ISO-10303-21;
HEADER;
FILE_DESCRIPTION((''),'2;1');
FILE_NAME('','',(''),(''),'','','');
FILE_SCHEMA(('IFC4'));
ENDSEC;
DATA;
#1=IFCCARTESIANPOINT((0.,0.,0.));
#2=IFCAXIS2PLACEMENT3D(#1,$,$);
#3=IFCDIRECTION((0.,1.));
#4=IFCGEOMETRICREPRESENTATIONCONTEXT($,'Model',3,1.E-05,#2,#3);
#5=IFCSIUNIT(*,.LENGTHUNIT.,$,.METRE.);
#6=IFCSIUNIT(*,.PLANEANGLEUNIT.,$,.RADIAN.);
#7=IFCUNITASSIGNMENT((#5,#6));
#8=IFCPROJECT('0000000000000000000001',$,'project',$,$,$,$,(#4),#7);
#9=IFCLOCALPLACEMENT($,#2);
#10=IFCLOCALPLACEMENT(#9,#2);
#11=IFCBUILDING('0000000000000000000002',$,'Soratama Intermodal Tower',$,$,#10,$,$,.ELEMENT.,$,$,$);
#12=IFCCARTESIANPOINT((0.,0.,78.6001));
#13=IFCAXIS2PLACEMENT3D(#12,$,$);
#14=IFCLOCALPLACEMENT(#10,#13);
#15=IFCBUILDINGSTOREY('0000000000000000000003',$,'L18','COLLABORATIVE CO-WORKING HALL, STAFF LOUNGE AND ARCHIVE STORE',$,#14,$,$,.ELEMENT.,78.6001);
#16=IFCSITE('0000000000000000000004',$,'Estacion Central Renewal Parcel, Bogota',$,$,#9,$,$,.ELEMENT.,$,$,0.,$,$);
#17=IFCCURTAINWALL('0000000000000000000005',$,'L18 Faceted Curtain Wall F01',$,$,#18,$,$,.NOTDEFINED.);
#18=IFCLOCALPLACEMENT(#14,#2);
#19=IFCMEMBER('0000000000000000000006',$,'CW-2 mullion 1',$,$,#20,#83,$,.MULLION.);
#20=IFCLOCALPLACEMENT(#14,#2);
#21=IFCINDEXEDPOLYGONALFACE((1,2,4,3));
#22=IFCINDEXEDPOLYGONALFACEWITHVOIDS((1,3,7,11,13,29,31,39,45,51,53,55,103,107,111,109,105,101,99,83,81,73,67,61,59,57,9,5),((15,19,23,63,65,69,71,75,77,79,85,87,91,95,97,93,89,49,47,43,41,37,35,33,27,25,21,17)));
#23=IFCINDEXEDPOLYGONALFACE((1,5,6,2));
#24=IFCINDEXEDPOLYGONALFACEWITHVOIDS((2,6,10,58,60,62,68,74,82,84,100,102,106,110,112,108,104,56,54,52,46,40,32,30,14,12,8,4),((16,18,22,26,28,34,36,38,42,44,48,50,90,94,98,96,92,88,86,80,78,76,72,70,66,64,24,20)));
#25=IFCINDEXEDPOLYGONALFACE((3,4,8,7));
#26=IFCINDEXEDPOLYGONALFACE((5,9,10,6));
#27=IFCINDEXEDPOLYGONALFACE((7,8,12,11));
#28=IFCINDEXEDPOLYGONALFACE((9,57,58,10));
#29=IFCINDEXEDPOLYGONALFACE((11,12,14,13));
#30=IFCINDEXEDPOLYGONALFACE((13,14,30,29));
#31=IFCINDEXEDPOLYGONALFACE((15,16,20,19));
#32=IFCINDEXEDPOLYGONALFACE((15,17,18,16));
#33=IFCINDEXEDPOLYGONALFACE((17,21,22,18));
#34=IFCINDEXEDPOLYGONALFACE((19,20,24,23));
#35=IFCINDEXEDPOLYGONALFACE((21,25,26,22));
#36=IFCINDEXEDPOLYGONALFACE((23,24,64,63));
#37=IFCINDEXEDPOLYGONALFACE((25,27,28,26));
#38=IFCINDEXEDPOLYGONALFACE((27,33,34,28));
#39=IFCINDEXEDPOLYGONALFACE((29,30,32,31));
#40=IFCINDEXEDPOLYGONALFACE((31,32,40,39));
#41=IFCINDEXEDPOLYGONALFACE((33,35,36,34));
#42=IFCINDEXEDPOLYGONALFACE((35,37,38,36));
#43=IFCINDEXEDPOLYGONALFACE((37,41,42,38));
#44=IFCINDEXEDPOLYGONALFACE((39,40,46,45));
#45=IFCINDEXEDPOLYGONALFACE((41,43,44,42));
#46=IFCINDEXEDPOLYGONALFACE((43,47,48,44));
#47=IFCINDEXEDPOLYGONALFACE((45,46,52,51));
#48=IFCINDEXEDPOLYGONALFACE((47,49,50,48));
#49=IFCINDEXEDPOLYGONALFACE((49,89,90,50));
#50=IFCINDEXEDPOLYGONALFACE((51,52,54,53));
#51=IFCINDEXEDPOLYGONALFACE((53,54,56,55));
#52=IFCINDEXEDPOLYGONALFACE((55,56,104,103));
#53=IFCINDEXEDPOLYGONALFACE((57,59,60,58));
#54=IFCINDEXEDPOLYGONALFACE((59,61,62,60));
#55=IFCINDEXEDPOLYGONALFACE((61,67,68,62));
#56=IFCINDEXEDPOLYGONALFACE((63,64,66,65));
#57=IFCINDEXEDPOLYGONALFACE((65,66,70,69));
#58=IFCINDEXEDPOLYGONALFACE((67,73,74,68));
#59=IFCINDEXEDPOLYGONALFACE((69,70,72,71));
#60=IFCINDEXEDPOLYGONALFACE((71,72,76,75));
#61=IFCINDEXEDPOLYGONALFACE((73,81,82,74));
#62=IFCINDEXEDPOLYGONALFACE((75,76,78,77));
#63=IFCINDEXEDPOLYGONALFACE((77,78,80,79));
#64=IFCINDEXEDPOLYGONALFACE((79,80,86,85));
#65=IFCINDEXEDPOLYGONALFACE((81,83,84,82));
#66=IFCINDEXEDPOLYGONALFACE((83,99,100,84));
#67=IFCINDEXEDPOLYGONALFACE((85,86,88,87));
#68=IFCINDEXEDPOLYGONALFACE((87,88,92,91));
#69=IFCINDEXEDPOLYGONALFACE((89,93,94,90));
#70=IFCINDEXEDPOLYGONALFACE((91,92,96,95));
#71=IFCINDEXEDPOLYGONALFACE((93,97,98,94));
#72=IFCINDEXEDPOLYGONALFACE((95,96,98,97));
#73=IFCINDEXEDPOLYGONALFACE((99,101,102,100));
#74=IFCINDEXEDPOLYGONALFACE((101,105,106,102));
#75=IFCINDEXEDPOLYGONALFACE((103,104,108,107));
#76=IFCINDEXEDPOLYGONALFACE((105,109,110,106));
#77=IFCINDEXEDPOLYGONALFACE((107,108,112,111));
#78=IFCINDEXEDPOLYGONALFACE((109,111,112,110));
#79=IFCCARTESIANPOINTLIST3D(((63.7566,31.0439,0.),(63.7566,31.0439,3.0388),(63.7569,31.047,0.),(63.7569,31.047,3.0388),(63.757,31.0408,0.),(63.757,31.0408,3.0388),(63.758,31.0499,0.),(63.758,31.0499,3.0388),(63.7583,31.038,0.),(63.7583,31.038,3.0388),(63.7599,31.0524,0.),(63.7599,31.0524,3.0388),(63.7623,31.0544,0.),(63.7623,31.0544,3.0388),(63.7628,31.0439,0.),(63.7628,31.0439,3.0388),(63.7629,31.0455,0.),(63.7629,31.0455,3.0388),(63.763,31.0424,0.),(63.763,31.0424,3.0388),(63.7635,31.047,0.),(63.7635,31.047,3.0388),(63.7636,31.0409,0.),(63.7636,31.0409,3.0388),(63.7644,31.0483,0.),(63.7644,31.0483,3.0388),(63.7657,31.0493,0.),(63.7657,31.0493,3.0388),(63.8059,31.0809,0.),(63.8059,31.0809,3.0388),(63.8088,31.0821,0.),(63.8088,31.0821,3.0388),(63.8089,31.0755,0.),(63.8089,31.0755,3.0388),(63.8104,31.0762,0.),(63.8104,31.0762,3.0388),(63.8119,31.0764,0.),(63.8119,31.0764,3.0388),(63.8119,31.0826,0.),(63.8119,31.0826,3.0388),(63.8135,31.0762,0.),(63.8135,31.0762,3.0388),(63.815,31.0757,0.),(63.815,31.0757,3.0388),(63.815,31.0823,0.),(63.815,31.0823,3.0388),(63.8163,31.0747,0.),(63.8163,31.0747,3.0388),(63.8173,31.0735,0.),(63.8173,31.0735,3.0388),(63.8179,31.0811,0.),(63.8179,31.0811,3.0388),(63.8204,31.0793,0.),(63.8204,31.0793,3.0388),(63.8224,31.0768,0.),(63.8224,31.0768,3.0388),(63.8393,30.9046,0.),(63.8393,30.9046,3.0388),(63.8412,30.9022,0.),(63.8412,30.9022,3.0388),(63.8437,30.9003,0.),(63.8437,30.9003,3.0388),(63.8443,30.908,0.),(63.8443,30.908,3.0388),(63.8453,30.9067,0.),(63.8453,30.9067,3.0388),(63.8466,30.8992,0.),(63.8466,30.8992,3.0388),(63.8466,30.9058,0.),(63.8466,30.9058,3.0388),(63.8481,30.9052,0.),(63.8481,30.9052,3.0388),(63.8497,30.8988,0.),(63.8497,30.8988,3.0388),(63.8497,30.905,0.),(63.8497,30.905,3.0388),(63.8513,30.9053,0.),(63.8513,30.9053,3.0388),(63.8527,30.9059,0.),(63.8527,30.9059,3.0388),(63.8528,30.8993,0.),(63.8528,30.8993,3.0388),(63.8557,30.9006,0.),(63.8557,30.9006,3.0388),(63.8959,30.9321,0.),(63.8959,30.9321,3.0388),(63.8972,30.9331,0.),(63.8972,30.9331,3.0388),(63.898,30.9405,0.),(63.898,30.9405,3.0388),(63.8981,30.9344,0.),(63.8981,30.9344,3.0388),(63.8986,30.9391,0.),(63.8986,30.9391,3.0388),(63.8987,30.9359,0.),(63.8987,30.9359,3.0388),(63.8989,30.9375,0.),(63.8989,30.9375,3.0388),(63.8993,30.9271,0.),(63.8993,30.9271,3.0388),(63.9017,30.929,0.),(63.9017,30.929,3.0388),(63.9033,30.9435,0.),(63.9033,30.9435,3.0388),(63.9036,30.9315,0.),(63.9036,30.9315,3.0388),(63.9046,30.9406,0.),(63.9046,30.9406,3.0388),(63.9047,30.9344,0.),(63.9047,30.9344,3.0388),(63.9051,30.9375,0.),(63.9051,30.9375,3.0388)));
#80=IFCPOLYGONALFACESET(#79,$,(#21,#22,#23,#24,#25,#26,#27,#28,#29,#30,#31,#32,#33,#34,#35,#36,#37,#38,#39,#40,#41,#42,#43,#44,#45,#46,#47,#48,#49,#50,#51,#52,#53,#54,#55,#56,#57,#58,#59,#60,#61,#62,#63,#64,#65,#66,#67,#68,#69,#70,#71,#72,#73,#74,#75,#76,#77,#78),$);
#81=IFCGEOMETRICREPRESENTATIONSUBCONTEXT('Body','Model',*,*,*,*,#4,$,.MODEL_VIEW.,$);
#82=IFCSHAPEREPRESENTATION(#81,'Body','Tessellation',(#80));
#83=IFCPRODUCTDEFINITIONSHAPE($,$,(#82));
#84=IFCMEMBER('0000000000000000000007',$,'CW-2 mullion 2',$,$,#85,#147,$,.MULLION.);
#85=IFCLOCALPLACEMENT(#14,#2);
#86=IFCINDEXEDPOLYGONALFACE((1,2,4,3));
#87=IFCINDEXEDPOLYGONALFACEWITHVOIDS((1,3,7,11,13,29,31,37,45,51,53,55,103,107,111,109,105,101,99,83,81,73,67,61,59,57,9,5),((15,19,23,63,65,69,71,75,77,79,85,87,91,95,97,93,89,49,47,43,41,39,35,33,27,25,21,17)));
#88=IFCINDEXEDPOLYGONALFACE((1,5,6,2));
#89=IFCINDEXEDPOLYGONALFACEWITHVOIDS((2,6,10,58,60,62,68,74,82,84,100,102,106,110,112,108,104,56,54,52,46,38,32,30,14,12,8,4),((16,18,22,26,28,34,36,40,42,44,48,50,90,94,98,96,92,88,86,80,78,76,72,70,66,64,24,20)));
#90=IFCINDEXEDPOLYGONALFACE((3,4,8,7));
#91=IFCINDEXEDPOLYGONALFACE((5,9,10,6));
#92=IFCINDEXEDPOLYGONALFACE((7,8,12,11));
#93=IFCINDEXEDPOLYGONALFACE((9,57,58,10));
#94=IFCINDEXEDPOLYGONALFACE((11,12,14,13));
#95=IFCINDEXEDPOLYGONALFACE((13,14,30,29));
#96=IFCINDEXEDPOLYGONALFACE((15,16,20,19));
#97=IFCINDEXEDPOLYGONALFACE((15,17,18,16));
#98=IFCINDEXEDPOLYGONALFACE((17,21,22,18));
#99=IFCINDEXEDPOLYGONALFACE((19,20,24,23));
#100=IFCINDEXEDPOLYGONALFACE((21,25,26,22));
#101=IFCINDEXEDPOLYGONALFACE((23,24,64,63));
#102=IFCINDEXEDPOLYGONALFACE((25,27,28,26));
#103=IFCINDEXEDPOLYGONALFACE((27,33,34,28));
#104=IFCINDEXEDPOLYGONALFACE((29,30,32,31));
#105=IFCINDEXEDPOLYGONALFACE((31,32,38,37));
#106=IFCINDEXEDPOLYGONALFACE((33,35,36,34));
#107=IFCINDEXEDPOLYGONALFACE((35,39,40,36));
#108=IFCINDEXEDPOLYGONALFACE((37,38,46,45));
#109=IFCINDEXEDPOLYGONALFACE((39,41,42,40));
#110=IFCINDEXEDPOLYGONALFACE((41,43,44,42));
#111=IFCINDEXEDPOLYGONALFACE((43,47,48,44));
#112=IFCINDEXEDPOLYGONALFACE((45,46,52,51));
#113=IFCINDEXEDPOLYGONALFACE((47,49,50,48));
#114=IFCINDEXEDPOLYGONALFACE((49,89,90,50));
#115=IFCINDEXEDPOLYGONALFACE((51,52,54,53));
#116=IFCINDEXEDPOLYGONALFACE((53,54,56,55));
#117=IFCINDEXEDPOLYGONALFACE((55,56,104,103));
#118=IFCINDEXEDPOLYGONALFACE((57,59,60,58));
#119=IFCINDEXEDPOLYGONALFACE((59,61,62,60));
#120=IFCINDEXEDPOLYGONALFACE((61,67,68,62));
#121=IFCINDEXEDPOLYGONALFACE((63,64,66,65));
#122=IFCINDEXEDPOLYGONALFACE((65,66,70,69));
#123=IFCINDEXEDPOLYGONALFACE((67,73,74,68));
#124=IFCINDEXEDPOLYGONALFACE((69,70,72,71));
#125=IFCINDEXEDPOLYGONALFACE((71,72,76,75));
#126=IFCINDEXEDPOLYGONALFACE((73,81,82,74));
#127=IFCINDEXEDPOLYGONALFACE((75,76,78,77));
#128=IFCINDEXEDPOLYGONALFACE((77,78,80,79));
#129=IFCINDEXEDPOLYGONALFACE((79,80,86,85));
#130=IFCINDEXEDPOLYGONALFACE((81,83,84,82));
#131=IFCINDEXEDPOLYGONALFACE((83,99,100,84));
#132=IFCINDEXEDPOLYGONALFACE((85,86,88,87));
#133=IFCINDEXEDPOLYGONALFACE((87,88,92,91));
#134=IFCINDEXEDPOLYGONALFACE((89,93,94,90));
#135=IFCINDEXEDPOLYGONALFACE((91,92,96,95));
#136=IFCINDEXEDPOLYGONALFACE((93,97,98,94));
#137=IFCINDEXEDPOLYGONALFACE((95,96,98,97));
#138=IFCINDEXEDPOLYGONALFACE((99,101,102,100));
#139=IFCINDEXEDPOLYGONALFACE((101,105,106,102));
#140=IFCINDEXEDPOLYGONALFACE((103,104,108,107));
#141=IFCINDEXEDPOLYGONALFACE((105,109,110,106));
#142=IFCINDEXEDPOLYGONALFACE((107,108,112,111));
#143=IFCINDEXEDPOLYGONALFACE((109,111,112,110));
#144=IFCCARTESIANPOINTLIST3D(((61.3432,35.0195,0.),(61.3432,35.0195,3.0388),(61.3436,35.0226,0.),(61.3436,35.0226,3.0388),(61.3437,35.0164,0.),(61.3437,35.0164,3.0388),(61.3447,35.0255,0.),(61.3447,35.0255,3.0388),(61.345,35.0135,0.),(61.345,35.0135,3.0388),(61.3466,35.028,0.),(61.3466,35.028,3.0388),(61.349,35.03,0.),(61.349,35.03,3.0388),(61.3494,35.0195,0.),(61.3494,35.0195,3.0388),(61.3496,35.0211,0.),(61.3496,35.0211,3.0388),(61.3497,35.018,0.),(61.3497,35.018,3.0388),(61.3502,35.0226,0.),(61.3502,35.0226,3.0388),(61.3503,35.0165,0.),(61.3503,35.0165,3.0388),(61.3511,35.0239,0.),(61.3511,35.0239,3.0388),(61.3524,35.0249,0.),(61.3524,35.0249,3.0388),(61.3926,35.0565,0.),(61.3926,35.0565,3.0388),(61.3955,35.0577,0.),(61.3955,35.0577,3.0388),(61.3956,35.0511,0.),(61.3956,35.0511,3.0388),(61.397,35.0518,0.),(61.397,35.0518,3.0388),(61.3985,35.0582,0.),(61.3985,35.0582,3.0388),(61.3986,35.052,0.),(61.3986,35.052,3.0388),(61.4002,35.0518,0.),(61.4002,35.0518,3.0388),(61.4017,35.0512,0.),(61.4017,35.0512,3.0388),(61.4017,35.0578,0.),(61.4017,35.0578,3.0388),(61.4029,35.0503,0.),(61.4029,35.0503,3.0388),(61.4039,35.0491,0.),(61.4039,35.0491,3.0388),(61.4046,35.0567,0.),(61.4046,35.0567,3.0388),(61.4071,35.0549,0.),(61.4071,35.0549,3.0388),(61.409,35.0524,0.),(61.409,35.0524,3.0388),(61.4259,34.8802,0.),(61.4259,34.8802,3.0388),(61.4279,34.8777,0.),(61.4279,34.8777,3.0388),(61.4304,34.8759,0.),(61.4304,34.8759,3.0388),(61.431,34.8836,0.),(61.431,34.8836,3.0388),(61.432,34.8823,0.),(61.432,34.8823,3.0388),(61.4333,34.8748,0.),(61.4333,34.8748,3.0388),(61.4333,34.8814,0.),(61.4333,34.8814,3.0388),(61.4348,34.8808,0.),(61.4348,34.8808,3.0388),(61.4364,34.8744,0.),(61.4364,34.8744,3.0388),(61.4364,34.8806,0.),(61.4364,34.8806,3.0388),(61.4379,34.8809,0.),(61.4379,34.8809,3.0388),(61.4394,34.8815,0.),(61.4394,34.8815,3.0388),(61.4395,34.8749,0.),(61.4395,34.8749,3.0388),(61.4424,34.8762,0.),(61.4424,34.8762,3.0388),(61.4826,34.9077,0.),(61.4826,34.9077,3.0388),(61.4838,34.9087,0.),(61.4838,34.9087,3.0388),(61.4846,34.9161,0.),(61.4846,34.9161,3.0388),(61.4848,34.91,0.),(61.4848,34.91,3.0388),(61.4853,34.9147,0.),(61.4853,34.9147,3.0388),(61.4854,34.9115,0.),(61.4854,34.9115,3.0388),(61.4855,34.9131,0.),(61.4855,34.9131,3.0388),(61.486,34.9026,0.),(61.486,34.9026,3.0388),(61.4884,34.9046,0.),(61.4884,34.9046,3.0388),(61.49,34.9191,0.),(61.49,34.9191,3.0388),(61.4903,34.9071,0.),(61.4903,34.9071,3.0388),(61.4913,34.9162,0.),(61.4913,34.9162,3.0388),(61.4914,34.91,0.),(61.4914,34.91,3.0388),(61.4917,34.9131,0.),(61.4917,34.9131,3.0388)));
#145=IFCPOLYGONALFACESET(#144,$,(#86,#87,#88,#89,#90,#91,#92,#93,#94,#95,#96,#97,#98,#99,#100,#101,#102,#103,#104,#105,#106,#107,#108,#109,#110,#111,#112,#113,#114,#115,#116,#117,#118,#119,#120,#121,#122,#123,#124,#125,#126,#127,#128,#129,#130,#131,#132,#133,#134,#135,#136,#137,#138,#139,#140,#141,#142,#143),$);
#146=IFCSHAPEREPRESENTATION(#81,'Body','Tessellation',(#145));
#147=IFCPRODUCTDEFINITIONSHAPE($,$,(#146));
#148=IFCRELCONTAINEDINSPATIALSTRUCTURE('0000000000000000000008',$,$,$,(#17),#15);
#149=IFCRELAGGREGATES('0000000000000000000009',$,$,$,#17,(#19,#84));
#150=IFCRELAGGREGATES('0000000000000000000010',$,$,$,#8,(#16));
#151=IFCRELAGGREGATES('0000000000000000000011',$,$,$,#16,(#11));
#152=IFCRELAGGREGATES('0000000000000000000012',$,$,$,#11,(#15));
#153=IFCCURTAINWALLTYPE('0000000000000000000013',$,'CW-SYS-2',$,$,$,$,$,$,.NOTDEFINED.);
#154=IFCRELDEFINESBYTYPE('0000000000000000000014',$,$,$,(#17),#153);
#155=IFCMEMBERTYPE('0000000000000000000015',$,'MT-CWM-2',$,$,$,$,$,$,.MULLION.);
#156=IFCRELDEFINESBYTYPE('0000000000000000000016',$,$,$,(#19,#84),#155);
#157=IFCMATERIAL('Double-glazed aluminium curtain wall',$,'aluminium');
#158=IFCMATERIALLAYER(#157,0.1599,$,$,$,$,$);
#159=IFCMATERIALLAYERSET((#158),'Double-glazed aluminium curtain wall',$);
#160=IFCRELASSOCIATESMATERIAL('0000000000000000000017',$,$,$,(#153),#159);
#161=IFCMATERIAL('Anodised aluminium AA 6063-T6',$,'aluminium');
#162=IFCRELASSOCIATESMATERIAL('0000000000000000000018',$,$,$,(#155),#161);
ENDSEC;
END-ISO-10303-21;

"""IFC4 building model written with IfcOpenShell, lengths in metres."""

from ifc_helpers import new_model, si_unit, direction, frame, origin, origin_2d, place, context, subcontext, project, spatial, hollow_rectangle, extrude, material, layer, layer_set, material_profile, profile_set, type_object, element, aggregate, save


model = new_model("IFC4")

# Units and contexts
model_context = context("Model", 3, precision=1e-05, world=origin(), true_north=direction((0.0, 1.0)))
body_context = subcontext(model_context, "Body", "Model", "MODEL_VIEW")
ifc_project = project(units=[si_unit("LENGTHUNIT", "METRE"), si_unit("PLANEANGLEUNIT", "RADIAN")], contexts=[model_context])

# Site, building, storey
site_placement = place(None, origin())
site = spatial("IfcSite", under=ifc_project, at=site_placement, Name="Estacion Central Renewal Parcel, Bogota", CompositionType="ELEMENT", RefElevation=0.0)
building_placement = place(site_placement, origin())
building = spatial("IfcBuilding", under=site, at=building_placement, Name="Soratama Intermodal Tower", CompositionType="ELEMENT")
storey_placement = place(building_placement, frame((0.0, 0.0, 78.6001)))
storey = spatial("IfcBuildingStorey", under=building, at=storey_placement, Name="L18", Description="COLLABORATIVE CO-WORKING HALL, STAFF LOUNGE AND ARCHIVE STORE", CompositionType="ELEMENT", Elevation=78.6001)

# Curtain wall, members
ifc_material_1 = material(Name="Double-glazed aluminium curtain wall", Category="aluminium")
ifc_layer_1 = layer(ifc_material_1, 0.1599)
ifc_layer_set_1 = layer_set([ifc_layer_1], Name="Double-glazed aluminium curtain wall")
curtain_wall_type = type_object("IfcCurtainWallType", Name="CW-SYS-2", PredefinedType="NOTDEFINED", material=ifc_layer_set_1)
curtain_wall_placement = place(storey_placement, origin())
curtain_wall = element("IfcCurtainWall", 1, at=curtain_wall_placement, inside=storey, type_object=curtain_wall_type, Name="L18 Faceted Curtain Wall F01", PredefinedType="NOTDEFINED")
ifc_material_2 = material(Name="Anodised aluminium AA 6063-T6", Category="aluminium")
ifc_material_profile_1 = material_profile(ifc_material_2, hollow_rectangle(XDim=0.075, YDim=0.1799, WallThickness=0.0061, InnerFilletRadius=0.0061, OuterFilletRadius=0.012, at=origin_2d()), Name="CWM180X75X6")
ifc_profile_set_1 = profile_set([ifc_material_profile_1], Name="Anodised aluminium AA 6063-T6")
member_type_1 = type_object("IfcMemberType", Name="MT-CWM-2", PredefinedType="MULLION", material=ifc_profile_set_1)
member_1_placement = place(storey_placement, frame((63.8308, 30.9907, 0.0), z_axis=(0.0, 0.0, 1.0), x_axis=(-0.854821, -0.518923, 0.0)))
member_1 = element("IfcMember", 2, at=member_1_placement, type_object=member_type_1, Name="CW-2 mullion 1", PredefinedType="MULLION", context=body_context, shape_type="SweptSolid", body=[
    extrude(hollow_rectangle(XDim=0.075, YDim=0.1799, WallThickness=0.0061, InnerFilletRadius=0.0061, OuterFilletRadius=0.012, at=origin_2d()), origin(), (0.0, 0.0, 1.0), 3.0388),
])
member_2_placement = place(storey_placement, frame((61.4175, 34.9663, 0.0), z_axis=(0.0, 0.0, 1.0), x_axis=(-0.854821, -0.518923, 0.0)))
member_2 = element("IfcMember", 3, at=member_2_placement, type_object=member_type_1, Name="CW-2 mullion 2", PredefinedType="MULLION", context=body_context, shape_type="SweptSolid", body=[
    extrude(hollow_rectangle(XDim=0.075, YDim=0.1799, WallThickness=0.0061, InnerFilletRadius=0.0061, OuterFilletRadius=0.012, at=origin_2d()), origin(), (0.0, 0.0, 1.0), 3.0388),
])
aggregate(curtain_wall, [member_1, member_2])

save(model, "model.ifc")
